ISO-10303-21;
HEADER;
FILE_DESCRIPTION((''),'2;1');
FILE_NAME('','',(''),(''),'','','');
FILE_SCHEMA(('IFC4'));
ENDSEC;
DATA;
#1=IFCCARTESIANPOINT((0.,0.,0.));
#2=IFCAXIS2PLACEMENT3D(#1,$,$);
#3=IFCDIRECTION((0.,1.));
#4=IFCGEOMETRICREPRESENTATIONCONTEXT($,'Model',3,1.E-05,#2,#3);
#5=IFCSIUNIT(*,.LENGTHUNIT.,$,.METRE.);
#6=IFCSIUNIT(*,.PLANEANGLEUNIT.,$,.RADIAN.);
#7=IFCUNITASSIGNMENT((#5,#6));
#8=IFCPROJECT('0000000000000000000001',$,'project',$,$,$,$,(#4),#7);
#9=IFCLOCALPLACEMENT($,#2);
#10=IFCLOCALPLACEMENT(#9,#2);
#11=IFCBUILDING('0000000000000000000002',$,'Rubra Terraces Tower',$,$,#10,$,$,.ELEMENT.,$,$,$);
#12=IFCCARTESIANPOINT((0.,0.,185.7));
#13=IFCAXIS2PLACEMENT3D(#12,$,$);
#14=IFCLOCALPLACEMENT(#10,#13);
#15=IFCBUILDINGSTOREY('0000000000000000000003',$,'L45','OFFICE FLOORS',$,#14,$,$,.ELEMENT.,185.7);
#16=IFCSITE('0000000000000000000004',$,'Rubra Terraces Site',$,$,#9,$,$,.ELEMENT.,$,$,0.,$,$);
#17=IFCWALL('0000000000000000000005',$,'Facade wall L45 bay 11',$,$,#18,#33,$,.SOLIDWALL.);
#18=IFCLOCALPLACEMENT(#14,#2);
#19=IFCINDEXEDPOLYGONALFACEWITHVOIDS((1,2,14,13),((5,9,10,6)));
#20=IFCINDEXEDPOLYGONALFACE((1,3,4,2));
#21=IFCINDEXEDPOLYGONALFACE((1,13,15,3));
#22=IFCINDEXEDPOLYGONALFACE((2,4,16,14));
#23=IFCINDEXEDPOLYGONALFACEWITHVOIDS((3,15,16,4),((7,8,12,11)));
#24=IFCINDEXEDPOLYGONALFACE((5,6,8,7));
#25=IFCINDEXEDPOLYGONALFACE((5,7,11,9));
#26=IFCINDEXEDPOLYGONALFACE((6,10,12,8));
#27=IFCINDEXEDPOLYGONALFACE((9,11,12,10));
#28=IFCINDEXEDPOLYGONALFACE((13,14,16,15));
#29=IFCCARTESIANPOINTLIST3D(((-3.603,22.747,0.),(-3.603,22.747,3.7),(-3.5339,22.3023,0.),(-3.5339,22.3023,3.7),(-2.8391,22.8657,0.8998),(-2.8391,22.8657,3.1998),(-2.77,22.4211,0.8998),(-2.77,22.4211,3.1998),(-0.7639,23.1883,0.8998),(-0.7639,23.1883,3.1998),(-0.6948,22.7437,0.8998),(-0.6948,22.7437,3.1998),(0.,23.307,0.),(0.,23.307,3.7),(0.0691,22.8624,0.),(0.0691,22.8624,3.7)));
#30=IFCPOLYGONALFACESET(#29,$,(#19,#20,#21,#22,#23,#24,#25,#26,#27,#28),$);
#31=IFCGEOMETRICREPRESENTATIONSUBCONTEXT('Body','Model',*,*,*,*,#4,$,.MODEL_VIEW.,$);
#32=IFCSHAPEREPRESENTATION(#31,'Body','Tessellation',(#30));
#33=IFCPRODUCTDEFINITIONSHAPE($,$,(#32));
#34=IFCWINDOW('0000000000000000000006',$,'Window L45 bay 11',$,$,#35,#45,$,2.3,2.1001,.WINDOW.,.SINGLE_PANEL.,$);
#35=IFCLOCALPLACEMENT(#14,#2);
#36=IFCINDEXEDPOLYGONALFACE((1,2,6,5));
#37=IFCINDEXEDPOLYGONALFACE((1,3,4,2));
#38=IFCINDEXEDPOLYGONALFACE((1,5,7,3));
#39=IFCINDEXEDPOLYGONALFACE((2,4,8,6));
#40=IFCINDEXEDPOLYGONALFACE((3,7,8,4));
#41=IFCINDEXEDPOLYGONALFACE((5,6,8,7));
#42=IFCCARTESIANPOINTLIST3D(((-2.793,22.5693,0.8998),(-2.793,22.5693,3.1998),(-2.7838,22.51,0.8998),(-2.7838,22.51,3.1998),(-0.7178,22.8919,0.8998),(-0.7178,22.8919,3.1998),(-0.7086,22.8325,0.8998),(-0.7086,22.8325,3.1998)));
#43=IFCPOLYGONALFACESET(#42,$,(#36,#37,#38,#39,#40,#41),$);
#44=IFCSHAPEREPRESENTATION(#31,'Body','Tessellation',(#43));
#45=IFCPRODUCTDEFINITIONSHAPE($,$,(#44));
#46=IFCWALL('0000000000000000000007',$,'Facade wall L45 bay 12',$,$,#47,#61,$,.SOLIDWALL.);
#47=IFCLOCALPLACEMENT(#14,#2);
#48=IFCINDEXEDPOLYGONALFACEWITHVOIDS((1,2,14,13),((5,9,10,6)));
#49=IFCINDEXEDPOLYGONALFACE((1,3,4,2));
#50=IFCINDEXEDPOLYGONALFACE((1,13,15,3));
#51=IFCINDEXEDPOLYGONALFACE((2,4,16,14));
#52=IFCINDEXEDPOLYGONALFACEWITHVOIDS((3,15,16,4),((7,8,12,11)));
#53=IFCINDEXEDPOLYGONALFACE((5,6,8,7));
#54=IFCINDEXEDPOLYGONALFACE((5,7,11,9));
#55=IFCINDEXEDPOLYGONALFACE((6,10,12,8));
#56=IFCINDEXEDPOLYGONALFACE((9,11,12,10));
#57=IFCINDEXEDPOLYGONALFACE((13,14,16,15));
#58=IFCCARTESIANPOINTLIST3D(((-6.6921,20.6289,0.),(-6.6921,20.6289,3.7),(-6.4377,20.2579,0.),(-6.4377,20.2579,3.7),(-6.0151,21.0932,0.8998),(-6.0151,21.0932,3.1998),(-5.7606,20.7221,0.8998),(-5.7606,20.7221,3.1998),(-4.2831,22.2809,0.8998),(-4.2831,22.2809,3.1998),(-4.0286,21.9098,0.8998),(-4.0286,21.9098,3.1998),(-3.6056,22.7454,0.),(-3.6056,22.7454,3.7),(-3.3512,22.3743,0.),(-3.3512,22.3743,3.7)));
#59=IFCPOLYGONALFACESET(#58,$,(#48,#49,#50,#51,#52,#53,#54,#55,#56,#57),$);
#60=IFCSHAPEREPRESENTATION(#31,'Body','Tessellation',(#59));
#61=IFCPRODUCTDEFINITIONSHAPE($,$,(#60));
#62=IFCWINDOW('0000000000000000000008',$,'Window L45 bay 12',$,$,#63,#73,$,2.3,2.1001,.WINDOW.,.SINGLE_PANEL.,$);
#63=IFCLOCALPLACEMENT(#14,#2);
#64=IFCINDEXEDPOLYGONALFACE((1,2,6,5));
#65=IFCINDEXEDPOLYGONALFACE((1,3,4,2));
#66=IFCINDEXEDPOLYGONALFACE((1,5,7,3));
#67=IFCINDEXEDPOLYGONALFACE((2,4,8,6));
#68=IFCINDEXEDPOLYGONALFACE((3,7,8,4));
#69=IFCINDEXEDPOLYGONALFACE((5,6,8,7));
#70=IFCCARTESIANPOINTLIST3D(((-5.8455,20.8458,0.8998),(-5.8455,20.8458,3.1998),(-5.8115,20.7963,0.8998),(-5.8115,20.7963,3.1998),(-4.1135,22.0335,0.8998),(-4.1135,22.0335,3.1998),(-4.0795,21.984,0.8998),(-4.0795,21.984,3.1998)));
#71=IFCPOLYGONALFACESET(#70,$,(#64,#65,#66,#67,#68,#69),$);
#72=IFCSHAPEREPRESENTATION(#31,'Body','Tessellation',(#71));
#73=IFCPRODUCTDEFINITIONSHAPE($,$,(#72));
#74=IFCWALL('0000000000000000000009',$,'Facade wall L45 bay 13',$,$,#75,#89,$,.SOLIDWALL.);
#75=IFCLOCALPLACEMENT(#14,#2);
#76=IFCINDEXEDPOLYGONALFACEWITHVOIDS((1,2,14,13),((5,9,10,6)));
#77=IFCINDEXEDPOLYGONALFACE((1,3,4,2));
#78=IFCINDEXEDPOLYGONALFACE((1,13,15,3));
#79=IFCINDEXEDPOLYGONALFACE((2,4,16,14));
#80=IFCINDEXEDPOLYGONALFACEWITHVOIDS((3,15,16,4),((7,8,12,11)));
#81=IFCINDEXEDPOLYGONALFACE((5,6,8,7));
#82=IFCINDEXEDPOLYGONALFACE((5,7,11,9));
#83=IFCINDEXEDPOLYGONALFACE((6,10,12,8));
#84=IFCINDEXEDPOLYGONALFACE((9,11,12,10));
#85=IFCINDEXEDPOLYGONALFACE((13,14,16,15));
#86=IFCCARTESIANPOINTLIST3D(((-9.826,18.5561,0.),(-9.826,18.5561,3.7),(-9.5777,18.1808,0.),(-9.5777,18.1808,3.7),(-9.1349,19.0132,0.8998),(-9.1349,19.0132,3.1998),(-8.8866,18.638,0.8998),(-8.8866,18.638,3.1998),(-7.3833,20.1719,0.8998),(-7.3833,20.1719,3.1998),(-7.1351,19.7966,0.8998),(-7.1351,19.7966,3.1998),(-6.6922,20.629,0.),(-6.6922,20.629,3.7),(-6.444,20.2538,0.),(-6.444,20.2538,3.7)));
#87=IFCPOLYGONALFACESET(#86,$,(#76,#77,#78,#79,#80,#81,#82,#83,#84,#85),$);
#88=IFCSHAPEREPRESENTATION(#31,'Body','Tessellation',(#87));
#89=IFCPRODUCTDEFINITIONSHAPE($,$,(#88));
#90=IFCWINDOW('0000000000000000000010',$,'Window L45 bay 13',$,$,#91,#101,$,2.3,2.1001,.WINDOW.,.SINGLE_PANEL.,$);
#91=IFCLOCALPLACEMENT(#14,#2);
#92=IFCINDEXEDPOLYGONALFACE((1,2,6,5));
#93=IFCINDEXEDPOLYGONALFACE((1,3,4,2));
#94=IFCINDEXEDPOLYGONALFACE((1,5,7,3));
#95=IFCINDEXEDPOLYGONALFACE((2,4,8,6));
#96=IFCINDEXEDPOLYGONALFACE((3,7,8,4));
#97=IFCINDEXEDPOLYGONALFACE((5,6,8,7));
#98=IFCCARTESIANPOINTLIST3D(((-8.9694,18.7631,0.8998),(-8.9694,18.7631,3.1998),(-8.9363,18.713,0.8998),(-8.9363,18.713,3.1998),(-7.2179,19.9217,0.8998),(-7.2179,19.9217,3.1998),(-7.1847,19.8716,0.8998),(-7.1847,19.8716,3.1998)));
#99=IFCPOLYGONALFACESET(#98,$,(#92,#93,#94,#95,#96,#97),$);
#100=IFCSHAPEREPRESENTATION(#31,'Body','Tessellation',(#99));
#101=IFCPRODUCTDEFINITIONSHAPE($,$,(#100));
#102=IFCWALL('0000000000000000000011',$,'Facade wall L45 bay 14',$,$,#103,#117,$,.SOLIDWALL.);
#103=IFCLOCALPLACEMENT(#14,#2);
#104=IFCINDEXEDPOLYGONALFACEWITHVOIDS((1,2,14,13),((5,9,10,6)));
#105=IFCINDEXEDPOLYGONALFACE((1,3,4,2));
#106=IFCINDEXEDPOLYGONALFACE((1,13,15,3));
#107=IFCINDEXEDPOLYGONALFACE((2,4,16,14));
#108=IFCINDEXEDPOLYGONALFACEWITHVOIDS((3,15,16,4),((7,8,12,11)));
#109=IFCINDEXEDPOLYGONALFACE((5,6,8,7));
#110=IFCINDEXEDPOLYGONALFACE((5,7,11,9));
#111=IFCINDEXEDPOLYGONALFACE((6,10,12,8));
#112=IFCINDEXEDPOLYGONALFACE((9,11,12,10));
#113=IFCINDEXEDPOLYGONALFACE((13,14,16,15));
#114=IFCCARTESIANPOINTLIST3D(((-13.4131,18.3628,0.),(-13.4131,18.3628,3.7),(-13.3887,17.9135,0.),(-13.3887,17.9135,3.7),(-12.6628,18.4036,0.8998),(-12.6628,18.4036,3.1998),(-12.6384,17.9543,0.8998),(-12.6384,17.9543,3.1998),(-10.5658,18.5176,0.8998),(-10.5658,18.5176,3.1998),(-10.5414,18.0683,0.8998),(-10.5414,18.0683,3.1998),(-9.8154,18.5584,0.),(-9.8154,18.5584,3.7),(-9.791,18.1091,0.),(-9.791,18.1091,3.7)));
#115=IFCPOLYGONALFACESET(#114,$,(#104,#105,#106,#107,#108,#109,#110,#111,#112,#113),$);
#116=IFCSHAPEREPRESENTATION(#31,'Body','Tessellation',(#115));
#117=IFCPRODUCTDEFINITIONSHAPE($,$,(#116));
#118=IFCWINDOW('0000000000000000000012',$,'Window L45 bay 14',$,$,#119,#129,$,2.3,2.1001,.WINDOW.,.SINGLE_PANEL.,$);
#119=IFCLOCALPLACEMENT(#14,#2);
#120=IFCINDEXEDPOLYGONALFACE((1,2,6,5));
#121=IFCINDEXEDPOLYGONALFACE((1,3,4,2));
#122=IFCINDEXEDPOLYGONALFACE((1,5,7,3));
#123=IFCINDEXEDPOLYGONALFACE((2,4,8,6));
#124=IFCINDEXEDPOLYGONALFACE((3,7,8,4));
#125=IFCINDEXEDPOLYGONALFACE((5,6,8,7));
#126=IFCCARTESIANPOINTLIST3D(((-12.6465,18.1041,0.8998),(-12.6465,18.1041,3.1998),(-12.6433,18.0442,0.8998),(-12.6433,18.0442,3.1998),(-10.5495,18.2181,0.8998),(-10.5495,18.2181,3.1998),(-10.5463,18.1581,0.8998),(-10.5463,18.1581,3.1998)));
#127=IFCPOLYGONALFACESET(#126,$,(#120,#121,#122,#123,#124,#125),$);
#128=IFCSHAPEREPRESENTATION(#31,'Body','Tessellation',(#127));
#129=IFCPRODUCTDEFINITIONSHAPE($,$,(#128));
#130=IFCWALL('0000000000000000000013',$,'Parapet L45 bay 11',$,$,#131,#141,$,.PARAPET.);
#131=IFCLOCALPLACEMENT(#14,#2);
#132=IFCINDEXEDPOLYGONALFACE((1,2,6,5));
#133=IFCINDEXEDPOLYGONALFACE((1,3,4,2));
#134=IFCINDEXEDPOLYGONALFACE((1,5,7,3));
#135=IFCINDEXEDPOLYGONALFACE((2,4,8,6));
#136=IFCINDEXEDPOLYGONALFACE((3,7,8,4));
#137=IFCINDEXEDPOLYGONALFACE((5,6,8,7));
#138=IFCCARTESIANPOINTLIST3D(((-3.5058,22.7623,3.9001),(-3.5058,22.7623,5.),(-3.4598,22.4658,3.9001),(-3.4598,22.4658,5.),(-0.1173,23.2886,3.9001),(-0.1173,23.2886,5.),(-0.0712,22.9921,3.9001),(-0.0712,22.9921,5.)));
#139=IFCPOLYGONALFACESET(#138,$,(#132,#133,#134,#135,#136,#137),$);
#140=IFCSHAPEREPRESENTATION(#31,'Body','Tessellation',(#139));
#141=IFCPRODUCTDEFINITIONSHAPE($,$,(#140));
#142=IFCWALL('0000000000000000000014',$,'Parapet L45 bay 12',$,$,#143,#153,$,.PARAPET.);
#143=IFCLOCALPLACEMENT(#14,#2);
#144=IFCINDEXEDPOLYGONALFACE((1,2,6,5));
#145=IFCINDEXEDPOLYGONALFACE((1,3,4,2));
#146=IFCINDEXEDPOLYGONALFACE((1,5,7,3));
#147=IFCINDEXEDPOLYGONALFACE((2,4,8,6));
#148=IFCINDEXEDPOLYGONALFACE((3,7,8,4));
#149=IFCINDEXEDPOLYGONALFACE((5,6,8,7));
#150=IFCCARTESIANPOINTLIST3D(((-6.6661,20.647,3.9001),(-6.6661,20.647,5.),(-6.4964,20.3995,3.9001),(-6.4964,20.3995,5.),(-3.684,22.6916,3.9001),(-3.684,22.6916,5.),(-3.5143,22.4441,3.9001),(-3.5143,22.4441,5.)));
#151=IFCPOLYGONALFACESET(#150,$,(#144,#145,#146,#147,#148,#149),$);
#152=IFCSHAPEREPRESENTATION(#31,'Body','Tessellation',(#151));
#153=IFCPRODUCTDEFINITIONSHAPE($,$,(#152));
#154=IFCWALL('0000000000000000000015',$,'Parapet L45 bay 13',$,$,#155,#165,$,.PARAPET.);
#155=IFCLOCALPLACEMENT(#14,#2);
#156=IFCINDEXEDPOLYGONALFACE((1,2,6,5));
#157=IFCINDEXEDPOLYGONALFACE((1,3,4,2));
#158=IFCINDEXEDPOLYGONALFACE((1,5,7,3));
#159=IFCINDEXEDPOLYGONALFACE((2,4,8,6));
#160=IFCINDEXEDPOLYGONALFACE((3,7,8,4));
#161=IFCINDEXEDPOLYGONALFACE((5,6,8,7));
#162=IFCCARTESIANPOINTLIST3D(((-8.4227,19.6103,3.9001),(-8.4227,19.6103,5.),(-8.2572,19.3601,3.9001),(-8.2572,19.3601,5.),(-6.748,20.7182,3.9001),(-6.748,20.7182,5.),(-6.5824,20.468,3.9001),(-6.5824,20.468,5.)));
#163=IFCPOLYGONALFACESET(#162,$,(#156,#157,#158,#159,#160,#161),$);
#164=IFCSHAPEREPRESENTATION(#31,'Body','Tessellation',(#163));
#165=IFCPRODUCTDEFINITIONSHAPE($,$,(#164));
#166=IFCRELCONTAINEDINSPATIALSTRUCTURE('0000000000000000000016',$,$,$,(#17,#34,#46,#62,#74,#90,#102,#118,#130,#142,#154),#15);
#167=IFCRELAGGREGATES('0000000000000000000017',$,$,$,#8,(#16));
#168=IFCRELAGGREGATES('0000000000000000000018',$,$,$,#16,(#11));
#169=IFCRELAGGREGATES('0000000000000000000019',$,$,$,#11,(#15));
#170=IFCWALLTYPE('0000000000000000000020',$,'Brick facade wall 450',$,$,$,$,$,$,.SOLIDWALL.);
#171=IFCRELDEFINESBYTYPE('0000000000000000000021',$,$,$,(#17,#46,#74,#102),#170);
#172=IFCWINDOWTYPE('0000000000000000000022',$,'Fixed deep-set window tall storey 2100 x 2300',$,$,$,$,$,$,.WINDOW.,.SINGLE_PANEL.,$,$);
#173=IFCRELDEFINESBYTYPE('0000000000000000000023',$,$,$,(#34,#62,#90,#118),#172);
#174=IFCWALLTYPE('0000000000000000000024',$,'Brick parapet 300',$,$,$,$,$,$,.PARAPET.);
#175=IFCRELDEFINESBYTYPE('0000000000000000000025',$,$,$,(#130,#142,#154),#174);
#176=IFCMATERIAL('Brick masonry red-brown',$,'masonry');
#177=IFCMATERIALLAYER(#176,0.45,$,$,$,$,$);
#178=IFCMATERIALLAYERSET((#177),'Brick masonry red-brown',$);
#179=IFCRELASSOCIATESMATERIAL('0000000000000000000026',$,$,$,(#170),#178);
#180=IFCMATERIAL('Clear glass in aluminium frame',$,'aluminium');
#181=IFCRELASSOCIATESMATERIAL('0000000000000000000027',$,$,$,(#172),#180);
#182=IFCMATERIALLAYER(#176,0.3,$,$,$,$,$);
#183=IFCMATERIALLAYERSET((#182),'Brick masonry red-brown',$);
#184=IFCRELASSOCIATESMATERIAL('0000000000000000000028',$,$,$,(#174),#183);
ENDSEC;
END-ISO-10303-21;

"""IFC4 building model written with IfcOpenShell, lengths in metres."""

from ifc_helpers import new_model, si_unit, direction, frame, frame_2d, origin, place, context, subcontext, project, spatial, rectangle, extrude, material, layer, layer_set, type_object, element, fill, save


model = new_model("IFC4")

# Units and contexts
model_context = context("Model", 3, precision=1e-05, world=origin(), true_north=direction((0.0, 1.0)))
body_context = subcontext(model_context, "Body", "Model", "MODEL_VIEW")
ifc_project = project(units=[si_unit("LENGTHUNIT", "METRE"), si_unit("PLANEANGLEUNIT", "RADIAN")], contexts=[model_context])

# Site, building, storey
site_placement = place(None, origin())
site = spatial("IfcSite", under=ifc_project, at=site_placement, Name="Rubra Terraces Site", CompositionType="ELEMENT", RefElevation=0.0)
building_placement = place(site_placement, origin())
building = spatial("IfcBuilding", under=site, at=building_placement, Name="Rubra Terraces Tower", CompositionType="ELEMENT")
storey_placement = place(building_placement, frame((0.0, 0.0, 185.7)))
storey = spatial("IfcBuildingStorey", under=building, at=storey_placement, Name="L45", Description="OFFICE FLOORS", CompositionType="ELEMENT", Elevation=185.7)

# Walls, openings, windows
ifc_material_1 = material(Name="Brick masonry red-brown", Category="masonry")
ifc_layer_1 = layer(ifc_material_1, 0.45)
ifc_layer_set_1 = layer_set([ifc_layer_1], Name="Brick masonry red-brown")
wall_type_1 = type_object("IfcWallType", Name="Brick facade wall 450", PredefinedType="SOLIDWALL", material=ifc_layer_set_1)
wall_1_placement = place(storey_placement, frame((0.0347, 23.0847, 0.0), z_axis=(0.0, 0.0, 1.0), x_axis=(-0.988134, -0.153597, 0.0)))
wall_1 = element("IfcWall", 1, at=wall_1_placement, inside=storey, type_object=wall_type_1, Name="Facade wall L45 bay 11", PredefinedType="SOLIDWALL", context=body_context, shape_type="SweptSolid", body=[
    extrude(rectangle(XDim=3.6462, YDim=0.45, at=frame_2d((1.8232, 0.0))), origin(), (0.0, 0.0, 1.0), 3.7),
])
opening_1_placement = place(wall_1_placement, frame((0.7732, 0.0, 0.8999)))
opening_1 = element("IfcOpeningElement", 2, at=opening_1_placement, cuts=wall_1, PredefinedType="OPENING", context=body_context, shape_type="SweptSolid", body=[
    extrude(rectangle(XDim=2.1001, YDim=2.3, at=frame_2d((1.05, 1.1499))), frame((0.0, 0.2349, 0.0), z_axis=(0.0, -1.0, 0.0), x_axis=(1.0, 0.0, 0.0)), (0.0, 0.0, 1.0), 0.47),
])
ifc_material_2 = material(Name="Clear glass in aluminium frame", Category="aluminium")
window_type = type_object("IfcWindowType", Name="Fixed deep-set window tall storey 2100 x 2300", PartitioningType="SINGLE_PANEL", PredefinedType="WINDOW", material=ifc_material_2)
window_1_placement = place(opening_1_placement, origin())
window_1 = element("IfcWindow", 3, at=window_1_placement, inside=storey, type_object=window_type, Name="Window L45 bay 11", OverallHeight=2.3, OverallWidth=2.1001, PartitioningType="SINGLE_PANEL", PredefinedType="WINDOW", context=body_context, shape_type="SweptSolid", body=[
    extrude(rectangle(XDim=2.1001, YDim=2.3, at=frame_2d((1.05, 1.1499))), frame((0.0, 0.135, 0.0), z_axis=(0.0, -1.0, 0.0), x_axis=(1.0, 0.0, 0.0)), (0.0, 0.0, 1.0), 0.0601),
])
fill(opening_1, window_1)
wall_2_placement = place(storey_placement, frame((-3.4785, 22.5598, 0.0), z_axis=(0.0, 0.0, 1.0), x_axis=(-0.824723, -0.565537, 0.0)))
wall_2 = element("IfcWall", 4, at=wall_2_placement, inside=storey, type_object=wall_type_1, Name="Facade wall L45 bay 12", PredefinedType="SOLIDWALL", context=body_context, shape_type="SweptSolid", body=[
    extrude(rectangle(XDim=3.7424, YDim=0.45, at=frame_2d((1.8711, 0.0))), origin(), (0.0, 0.0, 1.0), 3.7),
])
opening_2_placement = place(wall_2_placement, frame((0.8213, 0.0, 0.8999)))
opening_2 = element("IfcOpeningElement", 5, at=opening_2_placement, cuts=wall_2, PredefinedType="OPENING", context=body_context, shape_type="SweptSolid", body=[
    extrude(rectangle(XDim=2.1001, YDim=2.3, at=frame_2d((1.05, 1.1499))), frame((0.0, 0.2349, 0.0), z_axis=(0.0, -1.0, 0.0), x_axis=(1.0, 0.0, 0.0)), (0.0, 0.0, 1.0), 0.47),
])
window_2_placement = place(opening_2_placement, origin())
window_2 = element("IfcWindow", 6, at=window_2_placement, inside=storey, type_object=window_type, Name="Window L45 bay 12", OverallHeight=2.3, OverallWidth=2.1001, PartitioningType="SINGLE_PANEL", PredefinedType="WINDOW", context=body_context, shape_type="SweptSolid", body=[
    extrude(rectangle(XDim=2.1001, YDim=2.3, at=frame_2d((1.05, 1.1499))), frame((0.0, 0.135, 0.0), z_axis=(0.0, -1.0, 0.0), x_axis=(1.0, 0.0, 0.0)), (0.0, 0.0, 1.0), 0.0601),
])
fill(opening_2, window_2)
wall_3_placement = place(storey_placement, frame((-6.5681, 20.4414, 0.0), z_axis=(0.0, 0.0, 1.0), x_axis=(-0.834034, -0.551713, 0.0)))
wall_3 = element("IfcWall", 7, at=wall_3_placement, inside=storey, type_object=wall_type_1, Name="Facade wall L45 bay 13", PredefinedType="SOLIDWALL", context=body_context, shape_type="SweptSolid", body=[
    extrude(rectangle(XDim=3.7573, YDim=0.45, at=frame_2d((1.8787, 0.0))), origin(), (0.0, 0.0, 1.0), 3.7),
])
opening_3_placement = place(wall_3_placement, frame((0.8286, 0.0, 0.8999)))
opening_3 = element("IfcOpeningElement", 8, at=opening_3_placement, cuts=wall_3, PredefinedType="OPENING", context=body_context, shape_type="SweptSolid", body=[
    extrude(rectangle(XDim=2.1001, YDim=2.3, at=frame_2d((1.05, 1.1499))), frame((0.0, 0.2349, 0.0), z_axis=(0.0, -1.0, 0.0), x_axis=(1.0, 0.0, 0.0)), (0.0, 0.0, 1.0), 0.47),
])
window_3_placement = place(opening_3_placement, origin())
window_3 = element("IfcWindow", 9, at=window_3_placement, inside=storey, type_object=window_type, Name="Window L45 bay 13", OverallHeight=2.3, OverallWidth=2.1001, PartitioningType="SINGLE_PANEL", PredefinedType="WINDOW", context=body_context, shape_type="SweptSolid", body=[
    extrude(rectangle(XDim=2.1001, YDim=2.3, at=frame_2d((1.05, 1.1499))), frame((0.0, 0.135, 0.0), z_axis=(0.0, -1.0, 0.0), x_axis=(1.0, 0.0, 0.0)), (0.0, 0.0, 1.0), 0.0601),
])
fill(opening_3, window_3)
wall_4_placement = place(storey_placement, frame((-9.8032, 18.3337, 0.0), z_axis=(0.0, 0.0, 1.0), x_axis=(-0.998526, -0.054277, 0.0)))
wall_4 = element("IfcWall", 10, at=wall_4_placement, inside=storey, type_object=wall_type_1, Name="Facade wall L45 bay 14", PredefinedType="SOLIDWALL", context=body_context, shape_type="SweptSolid", body=[
    extrude(rectangle(XDim=3.603, YDim=0.45, at=frame_2d((1.8015, 0.0))), origin(), (0.0, 0.0, 1.0), 3.7),
])
opening_4_placement = place(wall_4_placement, frame((0.7515, 0.0, 0.8999)))
opening_4 = element("IfcOpeningElement", 11, at=opening_4_placement, cuts=wall_4, PredefinedType="OPENING", context=body_context, shape_type="SweptSolid", body=[
    extrude(rectangle(XDim=2.1001, YDim=2.3, at=frame_2d((1.05, 1.1499))), frame((0.0, 0.2349, 0.0), z_axis=(0.0, -1.0, 0.0), x_axis=(1.0, 0.0, 0.0)), (0.0, 0.0, 1.0), 0.47),
])
window_4_placement = place(opening_4_placement, origin())
window_4 = element("IfcWindow", 12, at=window_4_placement, inside=storey, type_object=window_type, Name="Window L45 bay 14", OverallHeight=2.3, OverallWidth=2.1001, PartitioningType="SINGLE_PANEL", PredefinedType="WINDOW", context=body_context, shape_type="SweptSolid", body=[
    extrude(rectangle(XDim=2.1001, YDim=2.3, at=frame_2d((1.05, 1.1499))), frame((0.0, 0.135, 0.0), z_axis=(0.0, -1.0, 0.0), x_axis=(1.0, 0.0, 0.0)), (0.0, 0.0, 1.0), 0.0601),
])
fill(opening_4, window_4)

# Walls
ifc_layer_2 = layer(ifc_material_1, 0.3)
ifc_layer_set_2 = layer_set([ifc_layer_2], Name="Brick masonry red-brown")
wall_type_2 = type_object("IfcWallType", Name="Brick parapet 300", PredefinedType="PARAPET", material=ifc_layer_set_2)
wall_5_placement = place(storey_placement, frame((-0.0942, 23.1404, 3.9001), z_axis=(0.0, 0.0, 1.0), x_axis=(-0.98815, -0.153491, 0.0)))
element("IfcWall", 13, at=wall_5_placement, inside=storey, type_object=wall_type_2, Name="Parapet L45 bay 11", PredefinedType="PARAPET", context=body_context, shape_type="SweptSolid", body=[
    extrude(rectangle(XDim=3.4292, YDim=0.3, at=frame_2d((1.7146, 0.0))), origin(), (0.0, 0.0, 1.0), 1.0999),
])
wall_6_placement = place(storey_placement, frame((-3.5991, 22.5679, 3.9001), z_axis=(0.0, 0.0, 1.0), x_axis=(-0.82476, -0.565482, 0.0)))
element("IfcWall", 14, at=wall_6_placement, inside=storey, type_object=wall_type_2, Name="Parapet L45 bay 12", PredefinedType="PARAPET", context=body_context, shape_type="SweptSolid", body=[
    extrude(rectangle(XDim=3.6157, YDim=0.3, at=frame_2d((1.8079, 0.0))), origin(), (0.0, 0.0, 1.0), 1.0999),
])
wall_7_placement = place(storey_placement, frame((-6.6653, 20.593, 3.9001), z_axis=(0.0, 0.0, 1.0), x_axis=(-0.834028, -0.551723, 0.0)))
element("IfcWall", 15, at=wall_7_placement, inside=storey, type_object=wall_type_2, Name="Parapet L45 bay 13", PredefinedType="PARAPET", context=body_context, shape_type="SweptSolid", body=[
    extrude(rectangle(XDim=2.0081, YDim=0.3, at=frame_2d((1.0039, 0.0))), origin(), (0.0, 0.0, 1.0), 1.0999),
])

save(model, "model.ifc")
